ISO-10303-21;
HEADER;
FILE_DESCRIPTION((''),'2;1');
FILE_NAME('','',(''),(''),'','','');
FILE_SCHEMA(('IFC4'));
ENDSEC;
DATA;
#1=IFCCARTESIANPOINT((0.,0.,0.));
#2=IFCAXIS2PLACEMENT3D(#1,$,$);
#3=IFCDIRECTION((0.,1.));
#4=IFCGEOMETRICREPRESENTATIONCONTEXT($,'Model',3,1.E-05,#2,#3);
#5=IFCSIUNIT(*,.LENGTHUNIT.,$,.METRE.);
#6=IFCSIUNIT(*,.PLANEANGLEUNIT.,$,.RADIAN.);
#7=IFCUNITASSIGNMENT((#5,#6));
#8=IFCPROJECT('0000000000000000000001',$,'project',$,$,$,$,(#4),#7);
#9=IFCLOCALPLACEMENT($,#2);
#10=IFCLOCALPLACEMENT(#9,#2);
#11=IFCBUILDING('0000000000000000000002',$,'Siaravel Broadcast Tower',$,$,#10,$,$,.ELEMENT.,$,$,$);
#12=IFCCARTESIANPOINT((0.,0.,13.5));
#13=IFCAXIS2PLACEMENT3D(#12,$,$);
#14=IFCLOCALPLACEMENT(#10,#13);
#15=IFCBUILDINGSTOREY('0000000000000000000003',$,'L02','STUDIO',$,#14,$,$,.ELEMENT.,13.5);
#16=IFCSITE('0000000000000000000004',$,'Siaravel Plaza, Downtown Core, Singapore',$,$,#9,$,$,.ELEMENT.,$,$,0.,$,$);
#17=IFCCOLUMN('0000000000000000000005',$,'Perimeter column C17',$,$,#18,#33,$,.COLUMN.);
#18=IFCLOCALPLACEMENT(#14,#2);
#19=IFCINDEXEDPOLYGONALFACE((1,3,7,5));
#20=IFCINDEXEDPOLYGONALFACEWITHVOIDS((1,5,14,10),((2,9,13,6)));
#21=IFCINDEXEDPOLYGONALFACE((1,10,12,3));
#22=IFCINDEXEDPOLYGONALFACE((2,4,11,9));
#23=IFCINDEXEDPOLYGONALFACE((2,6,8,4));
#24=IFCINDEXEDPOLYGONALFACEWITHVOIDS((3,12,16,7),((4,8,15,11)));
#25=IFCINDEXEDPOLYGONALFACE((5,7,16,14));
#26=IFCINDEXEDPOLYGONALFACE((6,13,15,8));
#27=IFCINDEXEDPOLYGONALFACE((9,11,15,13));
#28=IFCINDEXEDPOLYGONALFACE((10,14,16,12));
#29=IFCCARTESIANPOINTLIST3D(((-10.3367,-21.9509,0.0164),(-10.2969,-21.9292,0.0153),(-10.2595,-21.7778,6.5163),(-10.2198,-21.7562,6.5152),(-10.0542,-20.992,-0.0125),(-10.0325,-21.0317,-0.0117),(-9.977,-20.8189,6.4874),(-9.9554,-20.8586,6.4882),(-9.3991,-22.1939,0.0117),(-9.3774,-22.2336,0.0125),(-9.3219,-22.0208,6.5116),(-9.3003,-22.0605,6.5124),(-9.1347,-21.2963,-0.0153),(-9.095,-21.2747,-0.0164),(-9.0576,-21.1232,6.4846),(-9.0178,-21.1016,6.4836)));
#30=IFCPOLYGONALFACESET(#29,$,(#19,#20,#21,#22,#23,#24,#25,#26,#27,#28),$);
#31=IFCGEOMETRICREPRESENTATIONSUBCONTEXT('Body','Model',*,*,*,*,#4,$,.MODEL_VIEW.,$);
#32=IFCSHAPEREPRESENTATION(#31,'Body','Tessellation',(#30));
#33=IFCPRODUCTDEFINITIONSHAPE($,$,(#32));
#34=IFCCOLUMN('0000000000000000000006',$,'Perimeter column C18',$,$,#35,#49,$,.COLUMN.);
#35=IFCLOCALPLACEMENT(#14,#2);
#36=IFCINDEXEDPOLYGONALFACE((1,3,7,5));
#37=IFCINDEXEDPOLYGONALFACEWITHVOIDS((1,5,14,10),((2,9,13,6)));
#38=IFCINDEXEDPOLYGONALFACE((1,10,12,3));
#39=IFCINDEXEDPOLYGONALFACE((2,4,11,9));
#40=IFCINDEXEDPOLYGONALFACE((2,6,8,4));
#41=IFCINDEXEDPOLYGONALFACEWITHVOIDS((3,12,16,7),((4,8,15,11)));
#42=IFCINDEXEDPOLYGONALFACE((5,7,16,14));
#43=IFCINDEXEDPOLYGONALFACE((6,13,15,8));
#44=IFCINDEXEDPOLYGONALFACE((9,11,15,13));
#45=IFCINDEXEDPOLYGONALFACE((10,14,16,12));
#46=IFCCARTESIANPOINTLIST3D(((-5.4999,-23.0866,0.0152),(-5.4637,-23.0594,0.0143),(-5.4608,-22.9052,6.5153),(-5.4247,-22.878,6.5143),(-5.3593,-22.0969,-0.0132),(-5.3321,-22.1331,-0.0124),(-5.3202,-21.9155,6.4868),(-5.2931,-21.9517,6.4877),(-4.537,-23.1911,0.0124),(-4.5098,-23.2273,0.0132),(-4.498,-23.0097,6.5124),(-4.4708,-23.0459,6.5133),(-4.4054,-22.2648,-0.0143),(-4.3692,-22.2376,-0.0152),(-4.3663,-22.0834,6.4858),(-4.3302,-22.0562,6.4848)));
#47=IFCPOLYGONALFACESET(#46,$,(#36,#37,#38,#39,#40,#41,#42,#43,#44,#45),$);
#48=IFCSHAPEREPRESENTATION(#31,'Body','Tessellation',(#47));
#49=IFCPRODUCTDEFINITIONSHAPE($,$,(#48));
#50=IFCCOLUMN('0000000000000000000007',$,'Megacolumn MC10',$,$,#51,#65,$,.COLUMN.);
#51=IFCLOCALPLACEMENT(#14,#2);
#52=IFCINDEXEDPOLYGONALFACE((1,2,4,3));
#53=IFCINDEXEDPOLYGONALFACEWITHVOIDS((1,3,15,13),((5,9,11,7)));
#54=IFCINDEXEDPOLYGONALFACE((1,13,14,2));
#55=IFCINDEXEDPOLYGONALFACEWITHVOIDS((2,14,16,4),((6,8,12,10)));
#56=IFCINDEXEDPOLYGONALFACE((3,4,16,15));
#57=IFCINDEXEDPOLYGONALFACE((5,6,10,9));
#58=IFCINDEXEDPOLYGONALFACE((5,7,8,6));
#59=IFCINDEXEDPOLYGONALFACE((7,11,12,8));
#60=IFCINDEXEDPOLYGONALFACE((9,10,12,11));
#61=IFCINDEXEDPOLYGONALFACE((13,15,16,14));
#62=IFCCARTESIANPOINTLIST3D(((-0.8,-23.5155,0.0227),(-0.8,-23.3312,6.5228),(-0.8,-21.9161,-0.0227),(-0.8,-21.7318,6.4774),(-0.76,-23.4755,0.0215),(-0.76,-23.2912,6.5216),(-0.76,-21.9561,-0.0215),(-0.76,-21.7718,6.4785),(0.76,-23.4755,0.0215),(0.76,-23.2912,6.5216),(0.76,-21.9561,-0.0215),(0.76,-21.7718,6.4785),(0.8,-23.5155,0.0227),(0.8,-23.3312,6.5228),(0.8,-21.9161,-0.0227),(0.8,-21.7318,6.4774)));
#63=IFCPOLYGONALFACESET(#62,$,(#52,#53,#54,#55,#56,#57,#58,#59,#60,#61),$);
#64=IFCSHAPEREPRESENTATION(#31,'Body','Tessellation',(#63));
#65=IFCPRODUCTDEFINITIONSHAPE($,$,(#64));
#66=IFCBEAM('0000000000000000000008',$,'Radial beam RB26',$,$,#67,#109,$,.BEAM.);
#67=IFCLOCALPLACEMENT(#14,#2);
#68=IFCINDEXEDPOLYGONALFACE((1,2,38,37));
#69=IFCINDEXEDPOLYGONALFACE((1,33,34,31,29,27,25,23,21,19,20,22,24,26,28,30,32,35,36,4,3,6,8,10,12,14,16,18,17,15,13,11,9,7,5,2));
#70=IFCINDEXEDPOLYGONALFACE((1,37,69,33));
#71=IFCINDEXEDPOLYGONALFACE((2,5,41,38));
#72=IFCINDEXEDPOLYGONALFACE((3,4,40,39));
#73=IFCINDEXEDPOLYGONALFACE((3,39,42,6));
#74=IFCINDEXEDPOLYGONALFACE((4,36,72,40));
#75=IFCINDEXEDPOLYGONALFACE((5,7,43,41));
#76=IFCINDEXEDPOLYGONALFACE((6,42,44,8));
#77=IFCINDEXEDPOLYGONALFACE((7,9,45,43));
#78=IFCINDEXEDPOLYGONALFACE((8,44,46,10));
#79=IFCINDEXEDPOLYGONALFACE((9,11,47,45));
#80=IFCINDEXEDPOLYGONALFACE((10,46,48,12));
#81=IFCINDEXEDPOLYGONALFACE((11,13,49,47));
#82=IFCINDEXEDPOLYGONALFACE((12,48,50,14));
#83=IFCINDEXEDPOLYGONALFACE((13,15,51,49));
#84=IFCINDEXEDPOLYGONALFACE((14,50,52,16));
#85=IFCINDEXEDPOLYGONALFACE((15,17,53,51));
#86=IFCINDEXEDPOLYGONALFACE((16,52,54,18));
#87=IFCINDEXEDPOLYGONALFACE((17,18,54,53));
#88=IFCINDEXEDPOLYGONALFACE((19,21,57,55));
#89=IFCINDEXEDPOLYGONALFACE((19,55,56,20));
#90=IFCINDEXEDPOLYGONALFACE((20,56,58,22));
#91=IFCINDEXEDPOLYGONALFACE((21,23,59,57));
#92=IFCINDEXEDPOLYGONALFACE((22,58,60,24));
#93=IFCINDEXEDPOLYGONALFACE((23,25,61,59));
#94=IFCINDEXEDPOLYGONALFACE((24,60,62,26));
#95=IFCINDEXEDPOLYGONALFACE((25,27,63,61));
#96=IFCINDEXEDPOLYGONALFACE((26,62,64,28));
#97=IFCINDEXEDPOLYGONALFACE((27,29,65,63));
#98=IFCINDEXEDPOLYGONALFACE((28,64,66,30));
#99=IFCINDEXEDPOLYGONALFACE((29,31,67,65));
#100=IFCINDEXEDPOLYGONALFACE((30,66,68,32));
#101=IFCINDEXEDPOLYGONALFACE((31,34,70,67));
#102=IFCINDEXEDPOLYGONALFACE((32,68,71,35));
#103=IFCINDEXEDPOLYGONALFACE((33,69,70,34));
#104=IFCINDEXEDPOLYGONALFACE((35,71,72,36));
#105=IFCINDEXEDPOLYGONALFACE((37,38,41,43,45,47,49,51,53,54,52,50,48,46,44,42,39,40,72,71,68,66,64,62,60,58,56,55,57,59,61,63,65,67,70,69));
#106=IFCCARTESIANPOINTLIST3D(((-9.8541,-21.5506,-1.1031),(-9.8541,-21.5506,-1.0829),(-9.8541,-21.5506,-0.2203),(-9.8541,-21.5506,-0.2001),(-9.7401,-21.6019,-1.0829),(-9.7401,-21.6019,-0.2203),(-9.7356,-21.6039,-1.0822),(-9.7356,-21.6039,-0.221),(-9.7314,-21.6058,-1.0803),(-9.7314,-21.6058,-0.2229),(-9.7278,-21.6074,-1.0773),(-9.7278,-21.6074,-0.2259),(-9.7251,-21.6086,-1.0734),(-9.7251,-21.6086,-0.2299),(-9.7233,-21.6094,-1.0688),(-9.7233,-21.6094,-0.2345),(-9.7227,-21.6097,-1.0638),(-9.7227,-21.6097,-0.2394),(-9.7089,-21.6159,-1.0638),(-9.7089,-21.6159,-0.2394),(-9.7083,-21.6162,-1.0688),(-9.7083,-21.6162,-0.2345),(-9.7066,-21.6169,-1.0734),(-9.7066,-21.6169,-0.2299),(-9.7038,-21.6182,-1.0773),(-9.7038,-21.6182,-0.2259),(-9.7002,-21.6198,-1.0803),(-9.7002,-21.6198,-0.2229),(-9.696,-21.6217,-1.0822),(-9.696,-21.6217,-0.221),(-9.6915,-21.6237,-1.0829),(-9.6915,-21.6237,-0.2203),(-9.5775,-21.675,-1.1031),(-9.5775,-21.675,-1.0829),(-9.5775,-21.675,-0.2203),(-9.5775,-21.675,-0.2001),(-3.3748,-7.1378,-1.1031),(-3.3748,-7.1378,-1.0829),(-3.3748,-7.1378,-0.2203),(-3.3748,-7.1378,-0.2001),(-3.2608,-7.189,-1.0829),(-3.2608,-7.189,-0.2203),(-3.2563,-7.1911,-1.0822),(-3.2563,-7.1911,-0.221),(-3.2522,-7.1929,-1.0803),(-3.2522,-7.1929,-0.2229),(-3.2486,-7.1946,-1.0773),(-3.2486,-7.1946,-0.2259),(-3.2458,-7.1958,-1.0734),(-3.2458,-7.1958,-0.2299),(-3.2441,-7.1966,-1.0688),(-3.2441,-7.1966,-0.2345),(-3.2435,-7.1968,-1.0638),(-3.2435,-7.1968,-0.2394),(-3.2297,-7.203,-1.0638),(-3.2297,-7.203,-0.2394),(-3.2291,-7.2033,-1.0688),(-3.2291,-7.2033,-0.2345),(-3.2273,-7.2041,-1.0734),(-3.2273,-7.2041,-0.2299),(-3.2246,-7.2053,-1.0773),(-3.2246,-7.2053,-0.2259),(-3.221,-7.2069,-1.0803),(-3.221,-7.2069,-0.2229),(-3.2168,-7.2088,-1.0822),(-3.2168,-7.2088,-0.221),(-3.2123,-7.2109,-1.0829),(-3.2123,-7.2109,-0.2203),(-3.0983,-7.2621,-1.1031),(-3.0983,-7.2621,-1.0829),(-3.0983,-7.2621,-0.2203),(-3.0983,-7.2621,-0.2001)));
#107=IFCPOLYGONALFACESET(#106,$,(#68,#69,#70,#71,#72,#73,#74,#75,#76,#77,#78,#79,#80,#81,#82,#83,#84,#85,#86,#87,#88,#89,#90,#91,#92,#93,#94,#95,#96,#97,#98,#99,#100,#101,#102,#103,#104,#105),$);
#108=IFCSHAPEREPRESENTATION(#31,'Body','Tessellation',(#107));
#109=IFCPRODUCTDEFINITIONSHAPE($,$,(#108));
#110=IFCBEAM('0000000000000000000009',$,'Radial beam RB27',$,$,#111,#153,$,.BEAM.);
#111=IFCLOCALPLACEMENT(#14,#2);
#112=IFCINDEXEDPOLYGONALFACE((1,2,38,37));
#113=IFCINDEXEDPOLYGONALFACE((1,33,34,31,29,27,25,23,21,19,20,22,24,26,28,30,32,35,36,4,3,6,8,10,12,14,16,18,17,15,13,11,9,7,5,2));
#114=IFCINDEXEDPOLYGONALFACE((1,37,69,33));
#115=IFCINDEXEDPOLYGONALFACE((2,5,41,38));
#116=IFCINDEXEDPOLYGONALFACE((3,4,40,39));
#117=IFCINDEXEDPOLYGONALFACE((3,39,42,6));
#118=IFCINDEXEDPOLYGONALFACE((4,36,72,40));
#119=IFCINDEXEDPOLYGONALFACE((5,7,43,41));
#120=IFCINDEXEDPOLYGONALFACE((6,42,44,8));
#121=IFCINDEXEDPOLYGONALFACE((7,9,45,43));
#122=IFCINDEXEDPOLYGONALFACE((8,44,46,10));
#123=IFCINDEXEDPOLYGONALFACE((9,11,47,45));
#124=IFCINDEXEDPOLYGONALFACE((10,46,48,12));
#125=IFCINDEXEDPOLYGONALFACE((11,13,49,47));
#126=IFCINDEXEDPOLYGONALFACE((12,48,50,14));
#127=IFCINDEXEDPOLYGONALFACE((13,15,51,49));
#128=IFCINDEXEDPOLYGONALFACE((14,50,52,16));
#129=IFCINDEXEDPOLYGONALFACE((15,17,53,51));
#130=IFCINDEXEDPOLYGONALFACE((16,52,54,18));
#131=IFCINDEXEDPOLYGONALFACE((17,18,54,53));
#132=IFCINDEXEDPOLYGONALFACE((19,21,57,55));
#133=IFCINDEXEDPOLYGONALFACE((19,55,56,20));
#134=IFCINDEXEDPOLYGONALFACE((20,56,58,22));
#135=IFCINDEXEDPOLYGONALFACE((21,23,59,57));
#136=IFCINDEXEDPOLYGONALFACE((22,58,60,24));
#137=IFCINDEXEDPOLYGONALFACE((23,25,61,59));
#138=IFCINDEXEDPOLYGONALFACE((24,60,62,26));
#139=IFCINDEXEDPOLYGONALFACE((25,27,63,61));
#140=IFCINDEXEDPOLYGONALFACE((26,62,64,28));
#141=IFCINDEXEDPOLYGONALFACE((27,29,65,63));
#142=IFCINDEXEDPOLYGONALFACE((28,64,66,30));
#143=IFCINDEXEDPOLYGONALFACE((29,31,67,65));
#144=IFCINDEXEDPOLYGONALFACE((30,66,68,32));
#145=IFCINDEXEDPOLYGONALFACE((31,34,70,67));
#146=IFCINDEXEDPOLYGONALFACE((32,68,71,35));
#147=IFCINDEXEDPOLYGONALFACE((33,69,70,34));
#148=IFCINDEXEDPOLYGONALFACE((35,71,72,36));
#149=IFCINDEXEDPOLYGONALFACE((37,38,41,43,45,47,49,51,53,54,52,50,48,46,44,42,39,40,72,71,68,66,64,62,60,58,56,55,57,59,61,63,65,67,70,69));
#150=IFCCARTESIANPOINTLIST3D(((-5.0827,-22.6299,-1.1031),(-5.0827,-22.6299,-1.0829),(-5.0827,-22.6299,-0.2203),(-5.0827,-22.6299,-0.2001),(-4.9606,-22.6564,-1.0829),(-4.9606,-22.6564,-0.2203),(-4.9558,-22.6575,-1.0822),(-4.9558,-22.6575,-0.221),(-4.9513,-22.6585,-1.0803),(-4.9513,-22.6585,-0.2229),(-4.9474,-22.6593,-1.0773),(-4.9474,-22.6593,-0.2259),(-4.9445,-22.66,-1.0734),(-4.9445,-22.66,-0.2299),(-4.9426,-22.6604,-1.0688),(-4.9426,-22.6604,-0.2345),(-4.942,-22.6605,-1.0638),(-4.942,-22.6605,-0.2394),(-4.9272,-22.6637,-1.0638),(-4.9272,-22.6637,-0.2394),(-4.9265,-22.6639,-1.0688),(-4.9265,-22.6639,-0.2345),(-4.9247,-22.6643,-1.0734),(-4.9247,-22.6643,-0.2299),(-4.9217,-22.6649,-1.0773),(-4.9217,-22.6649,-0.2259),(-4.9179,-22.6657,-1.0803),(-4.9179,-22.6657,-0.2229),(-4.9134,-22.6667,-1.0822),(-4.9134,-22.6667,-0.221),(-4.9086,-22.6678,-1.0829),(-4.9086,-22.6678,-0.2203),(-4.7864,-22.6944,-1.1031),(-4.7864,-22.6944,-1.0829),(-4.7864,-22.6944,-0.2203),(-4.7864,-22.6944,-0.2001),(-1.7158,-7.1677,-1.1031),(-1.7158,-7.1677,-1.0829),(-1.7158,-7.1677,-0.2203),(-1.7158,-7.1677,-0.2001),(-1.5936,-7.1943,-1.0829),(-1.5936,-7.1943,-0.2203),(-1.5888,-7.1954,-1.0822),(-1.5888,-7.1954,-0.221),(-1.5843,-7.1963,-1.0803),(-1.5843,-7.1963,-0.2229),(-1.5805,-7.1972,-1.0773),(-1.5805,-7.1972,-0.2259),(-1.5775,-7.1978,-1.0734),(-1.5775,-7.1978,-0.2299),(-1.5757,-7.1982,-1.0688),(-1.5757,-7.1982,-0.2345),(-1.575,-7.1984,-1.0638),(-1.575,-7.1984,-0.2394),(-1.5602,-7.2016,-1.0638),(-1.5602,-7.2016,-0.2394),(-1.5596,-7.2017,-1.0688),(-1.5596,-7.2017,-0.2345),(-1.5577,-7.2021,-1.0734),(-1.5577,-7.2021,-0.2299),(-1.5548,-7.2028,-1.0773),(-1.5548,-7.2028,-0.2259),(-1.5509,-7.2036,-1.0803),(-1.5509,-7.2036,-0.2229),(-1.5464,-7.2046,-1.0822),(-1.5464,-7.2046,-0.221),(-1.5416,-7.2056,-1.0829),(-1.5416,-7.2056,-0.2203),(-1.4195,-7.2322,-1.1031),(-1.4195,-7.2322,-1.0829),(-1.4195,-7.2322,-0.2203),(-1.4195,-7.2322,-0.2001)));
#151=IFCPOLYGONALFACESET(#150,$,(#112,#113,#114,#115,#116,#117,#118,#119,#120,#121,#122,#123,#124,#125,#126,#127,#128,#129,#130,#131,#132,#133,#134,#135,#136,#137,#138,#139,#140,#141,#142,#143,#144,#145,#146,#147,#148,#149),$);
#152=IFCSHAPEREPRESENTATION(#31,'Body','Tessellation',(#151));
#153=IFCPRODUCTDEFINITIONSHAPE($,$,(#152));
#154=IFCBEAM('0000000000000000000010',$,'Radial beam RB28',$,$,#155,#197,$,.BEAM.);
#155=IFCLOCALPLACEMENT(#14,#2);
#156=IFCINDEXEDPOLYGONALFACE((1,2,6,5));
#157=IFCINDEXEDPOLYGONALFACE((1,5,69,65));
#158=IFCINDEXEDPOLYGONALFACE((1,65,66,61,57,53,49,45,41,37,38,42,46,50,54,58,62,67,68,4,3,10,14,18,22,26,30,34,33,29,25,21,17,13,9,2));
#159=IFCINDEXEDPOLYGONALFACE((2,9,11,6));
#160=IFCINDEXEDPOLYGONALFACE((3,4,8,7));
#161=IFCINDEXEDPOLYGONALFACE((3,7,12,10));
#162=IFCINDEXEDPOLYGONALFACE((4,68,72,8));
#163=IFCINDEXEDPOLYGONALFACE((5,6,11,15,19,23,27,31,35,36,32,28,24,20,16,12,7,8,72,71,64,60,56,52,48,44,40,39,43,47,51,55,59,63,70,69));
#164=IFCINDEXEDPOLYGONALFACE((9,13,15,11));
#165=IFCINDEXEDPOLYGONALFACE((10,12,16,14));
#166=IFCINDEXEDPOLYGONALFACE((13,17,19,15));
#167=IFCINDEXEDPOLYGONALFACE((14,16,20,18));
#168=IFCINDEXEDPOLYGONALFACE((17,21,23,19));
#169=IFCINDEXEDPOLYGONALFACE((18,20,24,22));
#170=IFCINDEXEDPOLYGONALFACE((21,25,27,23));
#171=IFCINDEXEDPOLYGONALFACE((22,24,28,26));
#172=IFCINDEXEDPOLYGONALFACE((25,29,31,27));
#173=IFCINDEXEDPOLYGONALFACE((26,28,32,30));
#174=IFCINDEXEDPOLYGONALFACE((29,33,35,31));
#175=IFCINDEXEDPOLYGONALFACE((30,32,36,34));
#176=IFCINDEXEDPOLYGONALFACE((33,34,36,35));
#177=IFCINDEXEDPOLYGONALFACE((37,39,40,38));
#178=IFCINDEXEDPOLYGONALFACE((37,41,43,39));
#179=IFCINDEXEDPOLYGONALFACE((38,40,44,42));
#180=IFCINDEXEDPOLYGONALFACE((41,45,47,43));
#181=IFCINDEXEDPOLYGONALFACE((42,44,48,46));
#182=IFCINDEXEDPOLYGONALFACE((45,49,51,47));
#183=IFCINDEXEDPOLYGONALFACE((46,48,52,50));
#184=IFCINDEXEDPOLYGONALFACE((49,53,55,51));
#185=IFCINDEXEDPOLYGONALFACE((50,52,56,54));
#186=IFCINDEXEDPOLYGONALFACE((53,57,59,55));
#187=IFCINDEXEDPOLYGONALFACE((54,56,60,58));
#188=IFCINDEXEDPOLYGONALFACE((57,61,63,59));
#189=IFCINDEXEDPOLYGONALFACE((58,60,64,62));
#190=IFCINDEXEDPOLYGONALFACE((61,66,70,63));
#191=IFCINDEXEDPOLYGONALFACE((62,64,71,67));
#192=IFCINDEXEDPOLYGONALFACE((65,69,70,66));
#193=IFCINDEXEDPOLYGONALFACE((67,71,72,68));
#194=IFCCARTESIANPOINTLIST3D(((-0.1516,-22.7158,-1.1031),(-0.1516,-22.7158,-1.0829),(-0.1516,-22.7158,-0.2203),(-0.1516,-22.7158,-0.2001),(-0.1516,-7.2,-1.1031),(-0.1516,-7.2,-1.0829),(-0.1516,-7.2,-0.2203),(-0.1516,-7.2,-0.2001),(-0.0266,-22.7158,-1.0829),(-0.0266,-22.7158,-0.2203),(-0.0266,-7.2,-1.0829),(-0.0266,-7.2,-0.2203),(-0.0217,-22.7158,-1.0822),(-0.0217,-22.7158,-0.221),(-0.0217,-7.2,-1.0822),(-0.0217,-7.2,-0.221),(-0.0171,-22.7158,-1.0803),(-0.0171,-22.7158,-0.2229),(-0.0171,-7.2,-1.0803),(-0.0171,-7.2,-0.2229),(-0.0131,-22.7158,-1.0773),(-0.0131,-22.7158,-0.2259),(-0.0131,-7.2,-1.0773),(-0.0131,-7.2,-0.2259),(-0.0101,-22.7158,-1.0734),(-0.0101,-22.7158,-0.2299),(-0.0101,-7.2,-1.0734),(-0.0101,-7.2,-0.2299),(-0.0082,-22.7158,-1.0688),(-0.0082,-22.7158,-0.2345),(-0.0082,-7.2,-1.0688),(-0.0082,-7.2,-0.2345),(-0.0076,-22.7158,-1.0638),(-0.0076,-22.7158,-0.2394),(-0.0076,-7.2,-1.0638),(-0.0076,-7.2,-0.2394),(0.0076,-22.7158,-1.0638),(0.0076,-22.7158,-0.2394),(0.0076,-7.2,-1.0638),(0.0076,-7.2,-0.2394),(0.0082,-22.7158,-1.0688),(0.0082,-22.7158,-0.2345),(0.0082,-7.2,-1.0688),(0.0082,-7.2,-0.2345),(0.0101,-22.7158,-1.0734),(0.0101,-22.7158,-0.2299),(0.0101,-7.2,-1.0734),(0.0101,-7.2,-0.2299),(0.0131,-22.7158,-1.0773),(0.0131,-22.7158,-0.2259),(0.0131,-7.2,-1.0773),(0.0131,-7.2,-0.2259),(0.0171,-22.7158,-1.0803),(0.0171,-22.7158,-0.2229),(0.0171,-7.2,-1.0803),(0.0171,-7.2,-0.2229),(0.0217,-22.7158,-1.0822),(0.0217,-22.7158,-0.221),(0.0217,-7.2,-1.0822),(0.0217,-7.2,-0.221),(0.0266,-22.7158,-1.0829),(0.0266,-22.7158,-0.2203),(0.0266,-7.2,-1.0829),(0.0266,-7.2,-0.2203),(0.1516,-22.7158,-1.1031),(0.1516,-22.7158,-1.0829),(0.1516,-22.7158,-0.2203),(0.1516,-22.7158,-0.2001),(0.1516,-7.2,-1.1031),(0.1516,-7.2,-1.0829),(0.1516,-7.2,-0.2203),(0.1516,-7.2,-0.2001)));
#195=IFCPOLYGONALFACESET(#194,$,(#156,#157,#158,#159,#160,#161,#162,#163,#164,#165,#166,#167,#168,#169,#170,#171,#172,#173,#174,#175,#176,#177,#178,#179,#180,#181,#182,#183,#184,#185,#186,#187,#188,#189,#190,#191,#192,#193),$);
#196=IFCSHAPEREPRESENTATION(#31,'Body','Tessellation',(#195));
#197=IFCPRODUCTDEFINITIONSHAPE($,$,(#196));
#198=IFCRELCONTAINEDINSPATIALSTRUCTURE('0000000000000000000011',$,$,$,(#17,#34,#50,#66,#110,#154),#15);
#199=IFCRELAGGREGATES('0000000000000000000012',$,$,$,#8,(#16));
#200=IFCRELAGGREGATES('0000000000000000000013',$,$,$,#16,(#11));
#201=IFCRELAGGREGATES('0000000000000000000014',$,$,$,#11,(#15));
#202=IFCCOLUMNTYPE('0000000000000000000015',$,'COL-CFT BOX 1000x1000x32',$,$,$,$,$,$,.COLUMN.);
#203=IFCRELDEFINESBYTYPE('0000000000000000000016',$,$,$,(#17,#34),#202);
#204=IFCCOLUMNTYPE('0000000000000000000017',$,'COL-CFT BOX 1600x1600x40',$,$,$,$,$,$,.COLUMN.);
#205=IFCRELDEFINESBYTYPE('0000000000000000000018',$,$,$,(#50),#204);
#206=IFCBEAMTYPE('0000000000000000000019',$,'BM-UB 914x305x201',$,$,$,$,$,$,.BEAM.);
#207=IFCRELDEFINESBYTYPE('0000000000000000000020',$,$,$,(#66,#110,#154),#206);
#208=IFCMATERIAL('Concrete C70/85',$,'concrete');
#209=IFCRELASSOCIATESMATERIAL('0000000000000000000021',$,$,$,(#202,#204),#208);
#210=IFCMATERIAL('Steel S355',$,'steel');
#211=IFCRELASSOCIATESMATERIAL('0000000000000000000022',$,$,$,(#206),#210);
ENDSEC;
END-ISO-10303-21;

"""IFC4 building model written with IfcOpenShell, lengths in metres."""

from ifc_helpers import new_model, si_unit, direction, frame, origin, origin_2d, place, context, subcontext, project, spatial, hollow_rectangle, i_section, extrude, material, material_profile, profile_set, type_object, element, save


model = new_model("IFC4")

# Units and contexts
model_context = context("Model", 3, precision=1e-05, world=origin(), true_north=direction((0.0, 1.0)))
body_context = subcontext(model_context, "Body", "Model", "MODEL_VIEW")
ifc_project = project(units=[si_unit("LENGTHUNIT", "METRE"), si_unit("PLANEANGLEUNIT", "RADIAN")], contexts=[model_context])

# Site, building, storey
site_placement = place(None, origin())
site = spatial("IfcSite", under=ifc_project, at=site_placement, Name="Siaravel Plaza, Downtown Core, Singapore", CompositionType="ELEMENT", RefElevation=0.0)
building_placement = place(site_placement, origin())
building = spatial("IfcBuilding", under=site, at=building_placement, Name="Siaravel Broadcast Tower", CompositionType="ELEMENT")
storey_placement = place(building_placement, frame((0.0, 0.0, 13.5)))
storey = spatial("IfcBuildingStorey", under=building, at=storey_placement, Name="L02", Description="STUDIO", CompositionType="ELEMENT", Elevation=13.5)

# Columns
ifc_material_1 = material(Name="Concrete C70/85", Category="concrete")
ifc_material_profile_1 = material_profile(ifc_material_1, hollow_rectangle(XDim=1.0, YDim=1.0, WallThickness=0.032, at=origin_2d()))
ifc_profile_set_1 = profile_set([ifc_material_profile_1], Name="Concrete C70/85")
column_type_1 = type_object("IfcColumnType", Name="COL-CFT BOX 1000x1000x32", PredefinedType="COLUMN", material=ifc_profile_set_1)
for number, where, z_axis, x_axis, name in (
    (1, (-9.7158, -21.6128, 0.0), (0.011864, 0.026619, 0.999575), (-0.959205, 0.282685, 0.003857), "Perimeter column C17"),
    (2, (-4.9346, -22.6621, 0.0), (0.006007, 0.027896, 0.999593), (-0.990048, 0.140716, 0.002023), "Perimeter column C18"),
):
    element("IfcColumn", number, at=place(storey_placement, frame(where, z_axis=z_axis, x_axis=x_axis)), inside=storey, type_object=column_type_1, Name=name, PredefinedType="COLUMN", context=body_context, shape_type="SweptSolid", body=[
        extrude(hollow_rectangle(XDim=1.0, YDim=1.0, WallThickness=0.032, at=origin_2d()), origin(), (0.0, 0.0, 1.0), 6.5027),
    ])
ifc_material_profile_2 = material_profile(ifc_material_1, hollow_rectangle(XDim=1.6001, YDim=1.6001, WallThickness=0.04, at=origin_2d()))
ifc_profile_set_2 = profile_set([ifc_material_profile_2], Name="Concrete C70/85")
column_type_2 = type_object("IfcColumnType", Name="COL-CFT BOX 1600x1600x40", PredefinedType="COLUMN", material=ifc_profile_set_2)
column_placement = place(storey_placement, frame((0.0, -22.7158, 0.0), z_axis=(0.0, 0.028346, 0.999598), x_axis=(-1.0, 0.0, 0.0)))
element("IfcColumn", 3, at=column_placement, inside=storey, type_object=column_type_2, Name="Megacolumn MC10", PredefinedType="COLUMN", context=body_context, shape_type="SweptSolid", body=[
    extrude(hollow_rectangle(XDim=1.6001, YDim=1.6001, WallThickness=0.04, at=origin_2d()), origin(), (0.0, 0.0, 1.0), 6.5027),
])

# Beams
ifc_material_2 = material(Name="Steel S355", Category="steel")
ifc_material_profile_3 = material_profile(ifc_material_2, i_section(OverallWidth=0.3032, OverallDepth=0.9031, WebThickness=0.0151, FlangeThickness=0.0203, FilletRadius=0.019, at=origin_2d()))
ifc_profile_set_3 = profile_set([ifc_material_profile_3], Name="Steel S355")
beam_type = type_object("IfcBeamType", Name="BM-UB 914x305x201", PredefinedType="BEAM", material=ifc_profile_set_3)
beam_1_placement = place(storey_placement, frame((-9.7158, -21.6128, -0.6516), z_axis=(0.410021, 0.912076, 0.0), x_axis=(-0.912076, 0.410021, 0.0)))
element("IfcBeam", 4, at=beam_1_placement, inside=storey, type_object=beam_type, Name="Radial beam RB26", PredefinedType="BEAM", context=body_context, shape_type="SweptSolid", body=[
    extrude(i_section(OverallWidth=0.3032, OverallDepth=0.9031, WebThickness=0.0151, FlangeThickness=0.0203, FilletRadius=0.019, at=origin_2d()), origin(), (0.0, 0.0, 1.0), 15.8022),
])
beam_2_placement = place(storey_placement, frame((-4.9346, -22.6621, -0.6516), z_axis=(0.212768, 0.977103, 0.0), x_axis=(-0.977103, 0.212768, 0.0)))
element("IfcBeam", 5, at=beam_2_placement, inside=storey, type_object=beam_type, Name="Radial beam RB27", PredefinedType="BEAM", context=body_context, shape_type="SweptSolid", body=[
    extrude(i_section(OverallWidth=0.3032, OverallDepth=0.9031, WebThickness=0.0151, FlangeThickness=0.0203, FilletRadius=0.019, at=origin_2d()), origin(), (0.0, 0.0, 1.0), 15.8245),
])
beam_3_placement = place(storey_placement, frame((0.0, -22.7158, -0.6516), z_axis=(0.0, 1.0, 0.0), x_axis=(-1.0, 0.0, 0.0)))
element("IfcBeam", 6, at=beam_3_placement, inside=storey, type_object=beam_type, Name="Radial beam RB28", PredefinedType="BEAM", context=body_context, shape_type="SweptSolid", body=[
    extrude(i_section(OverallWidth=0.3032, OverallDepth=0.9031, WebThickness=0.0151, FlangeThickness=0.0203, FilletRadius=0.019, at=origin_2d()), origin(), (0.0, 0.0, 1.0), 15.5159),
])

save(model, "model.ifc")
